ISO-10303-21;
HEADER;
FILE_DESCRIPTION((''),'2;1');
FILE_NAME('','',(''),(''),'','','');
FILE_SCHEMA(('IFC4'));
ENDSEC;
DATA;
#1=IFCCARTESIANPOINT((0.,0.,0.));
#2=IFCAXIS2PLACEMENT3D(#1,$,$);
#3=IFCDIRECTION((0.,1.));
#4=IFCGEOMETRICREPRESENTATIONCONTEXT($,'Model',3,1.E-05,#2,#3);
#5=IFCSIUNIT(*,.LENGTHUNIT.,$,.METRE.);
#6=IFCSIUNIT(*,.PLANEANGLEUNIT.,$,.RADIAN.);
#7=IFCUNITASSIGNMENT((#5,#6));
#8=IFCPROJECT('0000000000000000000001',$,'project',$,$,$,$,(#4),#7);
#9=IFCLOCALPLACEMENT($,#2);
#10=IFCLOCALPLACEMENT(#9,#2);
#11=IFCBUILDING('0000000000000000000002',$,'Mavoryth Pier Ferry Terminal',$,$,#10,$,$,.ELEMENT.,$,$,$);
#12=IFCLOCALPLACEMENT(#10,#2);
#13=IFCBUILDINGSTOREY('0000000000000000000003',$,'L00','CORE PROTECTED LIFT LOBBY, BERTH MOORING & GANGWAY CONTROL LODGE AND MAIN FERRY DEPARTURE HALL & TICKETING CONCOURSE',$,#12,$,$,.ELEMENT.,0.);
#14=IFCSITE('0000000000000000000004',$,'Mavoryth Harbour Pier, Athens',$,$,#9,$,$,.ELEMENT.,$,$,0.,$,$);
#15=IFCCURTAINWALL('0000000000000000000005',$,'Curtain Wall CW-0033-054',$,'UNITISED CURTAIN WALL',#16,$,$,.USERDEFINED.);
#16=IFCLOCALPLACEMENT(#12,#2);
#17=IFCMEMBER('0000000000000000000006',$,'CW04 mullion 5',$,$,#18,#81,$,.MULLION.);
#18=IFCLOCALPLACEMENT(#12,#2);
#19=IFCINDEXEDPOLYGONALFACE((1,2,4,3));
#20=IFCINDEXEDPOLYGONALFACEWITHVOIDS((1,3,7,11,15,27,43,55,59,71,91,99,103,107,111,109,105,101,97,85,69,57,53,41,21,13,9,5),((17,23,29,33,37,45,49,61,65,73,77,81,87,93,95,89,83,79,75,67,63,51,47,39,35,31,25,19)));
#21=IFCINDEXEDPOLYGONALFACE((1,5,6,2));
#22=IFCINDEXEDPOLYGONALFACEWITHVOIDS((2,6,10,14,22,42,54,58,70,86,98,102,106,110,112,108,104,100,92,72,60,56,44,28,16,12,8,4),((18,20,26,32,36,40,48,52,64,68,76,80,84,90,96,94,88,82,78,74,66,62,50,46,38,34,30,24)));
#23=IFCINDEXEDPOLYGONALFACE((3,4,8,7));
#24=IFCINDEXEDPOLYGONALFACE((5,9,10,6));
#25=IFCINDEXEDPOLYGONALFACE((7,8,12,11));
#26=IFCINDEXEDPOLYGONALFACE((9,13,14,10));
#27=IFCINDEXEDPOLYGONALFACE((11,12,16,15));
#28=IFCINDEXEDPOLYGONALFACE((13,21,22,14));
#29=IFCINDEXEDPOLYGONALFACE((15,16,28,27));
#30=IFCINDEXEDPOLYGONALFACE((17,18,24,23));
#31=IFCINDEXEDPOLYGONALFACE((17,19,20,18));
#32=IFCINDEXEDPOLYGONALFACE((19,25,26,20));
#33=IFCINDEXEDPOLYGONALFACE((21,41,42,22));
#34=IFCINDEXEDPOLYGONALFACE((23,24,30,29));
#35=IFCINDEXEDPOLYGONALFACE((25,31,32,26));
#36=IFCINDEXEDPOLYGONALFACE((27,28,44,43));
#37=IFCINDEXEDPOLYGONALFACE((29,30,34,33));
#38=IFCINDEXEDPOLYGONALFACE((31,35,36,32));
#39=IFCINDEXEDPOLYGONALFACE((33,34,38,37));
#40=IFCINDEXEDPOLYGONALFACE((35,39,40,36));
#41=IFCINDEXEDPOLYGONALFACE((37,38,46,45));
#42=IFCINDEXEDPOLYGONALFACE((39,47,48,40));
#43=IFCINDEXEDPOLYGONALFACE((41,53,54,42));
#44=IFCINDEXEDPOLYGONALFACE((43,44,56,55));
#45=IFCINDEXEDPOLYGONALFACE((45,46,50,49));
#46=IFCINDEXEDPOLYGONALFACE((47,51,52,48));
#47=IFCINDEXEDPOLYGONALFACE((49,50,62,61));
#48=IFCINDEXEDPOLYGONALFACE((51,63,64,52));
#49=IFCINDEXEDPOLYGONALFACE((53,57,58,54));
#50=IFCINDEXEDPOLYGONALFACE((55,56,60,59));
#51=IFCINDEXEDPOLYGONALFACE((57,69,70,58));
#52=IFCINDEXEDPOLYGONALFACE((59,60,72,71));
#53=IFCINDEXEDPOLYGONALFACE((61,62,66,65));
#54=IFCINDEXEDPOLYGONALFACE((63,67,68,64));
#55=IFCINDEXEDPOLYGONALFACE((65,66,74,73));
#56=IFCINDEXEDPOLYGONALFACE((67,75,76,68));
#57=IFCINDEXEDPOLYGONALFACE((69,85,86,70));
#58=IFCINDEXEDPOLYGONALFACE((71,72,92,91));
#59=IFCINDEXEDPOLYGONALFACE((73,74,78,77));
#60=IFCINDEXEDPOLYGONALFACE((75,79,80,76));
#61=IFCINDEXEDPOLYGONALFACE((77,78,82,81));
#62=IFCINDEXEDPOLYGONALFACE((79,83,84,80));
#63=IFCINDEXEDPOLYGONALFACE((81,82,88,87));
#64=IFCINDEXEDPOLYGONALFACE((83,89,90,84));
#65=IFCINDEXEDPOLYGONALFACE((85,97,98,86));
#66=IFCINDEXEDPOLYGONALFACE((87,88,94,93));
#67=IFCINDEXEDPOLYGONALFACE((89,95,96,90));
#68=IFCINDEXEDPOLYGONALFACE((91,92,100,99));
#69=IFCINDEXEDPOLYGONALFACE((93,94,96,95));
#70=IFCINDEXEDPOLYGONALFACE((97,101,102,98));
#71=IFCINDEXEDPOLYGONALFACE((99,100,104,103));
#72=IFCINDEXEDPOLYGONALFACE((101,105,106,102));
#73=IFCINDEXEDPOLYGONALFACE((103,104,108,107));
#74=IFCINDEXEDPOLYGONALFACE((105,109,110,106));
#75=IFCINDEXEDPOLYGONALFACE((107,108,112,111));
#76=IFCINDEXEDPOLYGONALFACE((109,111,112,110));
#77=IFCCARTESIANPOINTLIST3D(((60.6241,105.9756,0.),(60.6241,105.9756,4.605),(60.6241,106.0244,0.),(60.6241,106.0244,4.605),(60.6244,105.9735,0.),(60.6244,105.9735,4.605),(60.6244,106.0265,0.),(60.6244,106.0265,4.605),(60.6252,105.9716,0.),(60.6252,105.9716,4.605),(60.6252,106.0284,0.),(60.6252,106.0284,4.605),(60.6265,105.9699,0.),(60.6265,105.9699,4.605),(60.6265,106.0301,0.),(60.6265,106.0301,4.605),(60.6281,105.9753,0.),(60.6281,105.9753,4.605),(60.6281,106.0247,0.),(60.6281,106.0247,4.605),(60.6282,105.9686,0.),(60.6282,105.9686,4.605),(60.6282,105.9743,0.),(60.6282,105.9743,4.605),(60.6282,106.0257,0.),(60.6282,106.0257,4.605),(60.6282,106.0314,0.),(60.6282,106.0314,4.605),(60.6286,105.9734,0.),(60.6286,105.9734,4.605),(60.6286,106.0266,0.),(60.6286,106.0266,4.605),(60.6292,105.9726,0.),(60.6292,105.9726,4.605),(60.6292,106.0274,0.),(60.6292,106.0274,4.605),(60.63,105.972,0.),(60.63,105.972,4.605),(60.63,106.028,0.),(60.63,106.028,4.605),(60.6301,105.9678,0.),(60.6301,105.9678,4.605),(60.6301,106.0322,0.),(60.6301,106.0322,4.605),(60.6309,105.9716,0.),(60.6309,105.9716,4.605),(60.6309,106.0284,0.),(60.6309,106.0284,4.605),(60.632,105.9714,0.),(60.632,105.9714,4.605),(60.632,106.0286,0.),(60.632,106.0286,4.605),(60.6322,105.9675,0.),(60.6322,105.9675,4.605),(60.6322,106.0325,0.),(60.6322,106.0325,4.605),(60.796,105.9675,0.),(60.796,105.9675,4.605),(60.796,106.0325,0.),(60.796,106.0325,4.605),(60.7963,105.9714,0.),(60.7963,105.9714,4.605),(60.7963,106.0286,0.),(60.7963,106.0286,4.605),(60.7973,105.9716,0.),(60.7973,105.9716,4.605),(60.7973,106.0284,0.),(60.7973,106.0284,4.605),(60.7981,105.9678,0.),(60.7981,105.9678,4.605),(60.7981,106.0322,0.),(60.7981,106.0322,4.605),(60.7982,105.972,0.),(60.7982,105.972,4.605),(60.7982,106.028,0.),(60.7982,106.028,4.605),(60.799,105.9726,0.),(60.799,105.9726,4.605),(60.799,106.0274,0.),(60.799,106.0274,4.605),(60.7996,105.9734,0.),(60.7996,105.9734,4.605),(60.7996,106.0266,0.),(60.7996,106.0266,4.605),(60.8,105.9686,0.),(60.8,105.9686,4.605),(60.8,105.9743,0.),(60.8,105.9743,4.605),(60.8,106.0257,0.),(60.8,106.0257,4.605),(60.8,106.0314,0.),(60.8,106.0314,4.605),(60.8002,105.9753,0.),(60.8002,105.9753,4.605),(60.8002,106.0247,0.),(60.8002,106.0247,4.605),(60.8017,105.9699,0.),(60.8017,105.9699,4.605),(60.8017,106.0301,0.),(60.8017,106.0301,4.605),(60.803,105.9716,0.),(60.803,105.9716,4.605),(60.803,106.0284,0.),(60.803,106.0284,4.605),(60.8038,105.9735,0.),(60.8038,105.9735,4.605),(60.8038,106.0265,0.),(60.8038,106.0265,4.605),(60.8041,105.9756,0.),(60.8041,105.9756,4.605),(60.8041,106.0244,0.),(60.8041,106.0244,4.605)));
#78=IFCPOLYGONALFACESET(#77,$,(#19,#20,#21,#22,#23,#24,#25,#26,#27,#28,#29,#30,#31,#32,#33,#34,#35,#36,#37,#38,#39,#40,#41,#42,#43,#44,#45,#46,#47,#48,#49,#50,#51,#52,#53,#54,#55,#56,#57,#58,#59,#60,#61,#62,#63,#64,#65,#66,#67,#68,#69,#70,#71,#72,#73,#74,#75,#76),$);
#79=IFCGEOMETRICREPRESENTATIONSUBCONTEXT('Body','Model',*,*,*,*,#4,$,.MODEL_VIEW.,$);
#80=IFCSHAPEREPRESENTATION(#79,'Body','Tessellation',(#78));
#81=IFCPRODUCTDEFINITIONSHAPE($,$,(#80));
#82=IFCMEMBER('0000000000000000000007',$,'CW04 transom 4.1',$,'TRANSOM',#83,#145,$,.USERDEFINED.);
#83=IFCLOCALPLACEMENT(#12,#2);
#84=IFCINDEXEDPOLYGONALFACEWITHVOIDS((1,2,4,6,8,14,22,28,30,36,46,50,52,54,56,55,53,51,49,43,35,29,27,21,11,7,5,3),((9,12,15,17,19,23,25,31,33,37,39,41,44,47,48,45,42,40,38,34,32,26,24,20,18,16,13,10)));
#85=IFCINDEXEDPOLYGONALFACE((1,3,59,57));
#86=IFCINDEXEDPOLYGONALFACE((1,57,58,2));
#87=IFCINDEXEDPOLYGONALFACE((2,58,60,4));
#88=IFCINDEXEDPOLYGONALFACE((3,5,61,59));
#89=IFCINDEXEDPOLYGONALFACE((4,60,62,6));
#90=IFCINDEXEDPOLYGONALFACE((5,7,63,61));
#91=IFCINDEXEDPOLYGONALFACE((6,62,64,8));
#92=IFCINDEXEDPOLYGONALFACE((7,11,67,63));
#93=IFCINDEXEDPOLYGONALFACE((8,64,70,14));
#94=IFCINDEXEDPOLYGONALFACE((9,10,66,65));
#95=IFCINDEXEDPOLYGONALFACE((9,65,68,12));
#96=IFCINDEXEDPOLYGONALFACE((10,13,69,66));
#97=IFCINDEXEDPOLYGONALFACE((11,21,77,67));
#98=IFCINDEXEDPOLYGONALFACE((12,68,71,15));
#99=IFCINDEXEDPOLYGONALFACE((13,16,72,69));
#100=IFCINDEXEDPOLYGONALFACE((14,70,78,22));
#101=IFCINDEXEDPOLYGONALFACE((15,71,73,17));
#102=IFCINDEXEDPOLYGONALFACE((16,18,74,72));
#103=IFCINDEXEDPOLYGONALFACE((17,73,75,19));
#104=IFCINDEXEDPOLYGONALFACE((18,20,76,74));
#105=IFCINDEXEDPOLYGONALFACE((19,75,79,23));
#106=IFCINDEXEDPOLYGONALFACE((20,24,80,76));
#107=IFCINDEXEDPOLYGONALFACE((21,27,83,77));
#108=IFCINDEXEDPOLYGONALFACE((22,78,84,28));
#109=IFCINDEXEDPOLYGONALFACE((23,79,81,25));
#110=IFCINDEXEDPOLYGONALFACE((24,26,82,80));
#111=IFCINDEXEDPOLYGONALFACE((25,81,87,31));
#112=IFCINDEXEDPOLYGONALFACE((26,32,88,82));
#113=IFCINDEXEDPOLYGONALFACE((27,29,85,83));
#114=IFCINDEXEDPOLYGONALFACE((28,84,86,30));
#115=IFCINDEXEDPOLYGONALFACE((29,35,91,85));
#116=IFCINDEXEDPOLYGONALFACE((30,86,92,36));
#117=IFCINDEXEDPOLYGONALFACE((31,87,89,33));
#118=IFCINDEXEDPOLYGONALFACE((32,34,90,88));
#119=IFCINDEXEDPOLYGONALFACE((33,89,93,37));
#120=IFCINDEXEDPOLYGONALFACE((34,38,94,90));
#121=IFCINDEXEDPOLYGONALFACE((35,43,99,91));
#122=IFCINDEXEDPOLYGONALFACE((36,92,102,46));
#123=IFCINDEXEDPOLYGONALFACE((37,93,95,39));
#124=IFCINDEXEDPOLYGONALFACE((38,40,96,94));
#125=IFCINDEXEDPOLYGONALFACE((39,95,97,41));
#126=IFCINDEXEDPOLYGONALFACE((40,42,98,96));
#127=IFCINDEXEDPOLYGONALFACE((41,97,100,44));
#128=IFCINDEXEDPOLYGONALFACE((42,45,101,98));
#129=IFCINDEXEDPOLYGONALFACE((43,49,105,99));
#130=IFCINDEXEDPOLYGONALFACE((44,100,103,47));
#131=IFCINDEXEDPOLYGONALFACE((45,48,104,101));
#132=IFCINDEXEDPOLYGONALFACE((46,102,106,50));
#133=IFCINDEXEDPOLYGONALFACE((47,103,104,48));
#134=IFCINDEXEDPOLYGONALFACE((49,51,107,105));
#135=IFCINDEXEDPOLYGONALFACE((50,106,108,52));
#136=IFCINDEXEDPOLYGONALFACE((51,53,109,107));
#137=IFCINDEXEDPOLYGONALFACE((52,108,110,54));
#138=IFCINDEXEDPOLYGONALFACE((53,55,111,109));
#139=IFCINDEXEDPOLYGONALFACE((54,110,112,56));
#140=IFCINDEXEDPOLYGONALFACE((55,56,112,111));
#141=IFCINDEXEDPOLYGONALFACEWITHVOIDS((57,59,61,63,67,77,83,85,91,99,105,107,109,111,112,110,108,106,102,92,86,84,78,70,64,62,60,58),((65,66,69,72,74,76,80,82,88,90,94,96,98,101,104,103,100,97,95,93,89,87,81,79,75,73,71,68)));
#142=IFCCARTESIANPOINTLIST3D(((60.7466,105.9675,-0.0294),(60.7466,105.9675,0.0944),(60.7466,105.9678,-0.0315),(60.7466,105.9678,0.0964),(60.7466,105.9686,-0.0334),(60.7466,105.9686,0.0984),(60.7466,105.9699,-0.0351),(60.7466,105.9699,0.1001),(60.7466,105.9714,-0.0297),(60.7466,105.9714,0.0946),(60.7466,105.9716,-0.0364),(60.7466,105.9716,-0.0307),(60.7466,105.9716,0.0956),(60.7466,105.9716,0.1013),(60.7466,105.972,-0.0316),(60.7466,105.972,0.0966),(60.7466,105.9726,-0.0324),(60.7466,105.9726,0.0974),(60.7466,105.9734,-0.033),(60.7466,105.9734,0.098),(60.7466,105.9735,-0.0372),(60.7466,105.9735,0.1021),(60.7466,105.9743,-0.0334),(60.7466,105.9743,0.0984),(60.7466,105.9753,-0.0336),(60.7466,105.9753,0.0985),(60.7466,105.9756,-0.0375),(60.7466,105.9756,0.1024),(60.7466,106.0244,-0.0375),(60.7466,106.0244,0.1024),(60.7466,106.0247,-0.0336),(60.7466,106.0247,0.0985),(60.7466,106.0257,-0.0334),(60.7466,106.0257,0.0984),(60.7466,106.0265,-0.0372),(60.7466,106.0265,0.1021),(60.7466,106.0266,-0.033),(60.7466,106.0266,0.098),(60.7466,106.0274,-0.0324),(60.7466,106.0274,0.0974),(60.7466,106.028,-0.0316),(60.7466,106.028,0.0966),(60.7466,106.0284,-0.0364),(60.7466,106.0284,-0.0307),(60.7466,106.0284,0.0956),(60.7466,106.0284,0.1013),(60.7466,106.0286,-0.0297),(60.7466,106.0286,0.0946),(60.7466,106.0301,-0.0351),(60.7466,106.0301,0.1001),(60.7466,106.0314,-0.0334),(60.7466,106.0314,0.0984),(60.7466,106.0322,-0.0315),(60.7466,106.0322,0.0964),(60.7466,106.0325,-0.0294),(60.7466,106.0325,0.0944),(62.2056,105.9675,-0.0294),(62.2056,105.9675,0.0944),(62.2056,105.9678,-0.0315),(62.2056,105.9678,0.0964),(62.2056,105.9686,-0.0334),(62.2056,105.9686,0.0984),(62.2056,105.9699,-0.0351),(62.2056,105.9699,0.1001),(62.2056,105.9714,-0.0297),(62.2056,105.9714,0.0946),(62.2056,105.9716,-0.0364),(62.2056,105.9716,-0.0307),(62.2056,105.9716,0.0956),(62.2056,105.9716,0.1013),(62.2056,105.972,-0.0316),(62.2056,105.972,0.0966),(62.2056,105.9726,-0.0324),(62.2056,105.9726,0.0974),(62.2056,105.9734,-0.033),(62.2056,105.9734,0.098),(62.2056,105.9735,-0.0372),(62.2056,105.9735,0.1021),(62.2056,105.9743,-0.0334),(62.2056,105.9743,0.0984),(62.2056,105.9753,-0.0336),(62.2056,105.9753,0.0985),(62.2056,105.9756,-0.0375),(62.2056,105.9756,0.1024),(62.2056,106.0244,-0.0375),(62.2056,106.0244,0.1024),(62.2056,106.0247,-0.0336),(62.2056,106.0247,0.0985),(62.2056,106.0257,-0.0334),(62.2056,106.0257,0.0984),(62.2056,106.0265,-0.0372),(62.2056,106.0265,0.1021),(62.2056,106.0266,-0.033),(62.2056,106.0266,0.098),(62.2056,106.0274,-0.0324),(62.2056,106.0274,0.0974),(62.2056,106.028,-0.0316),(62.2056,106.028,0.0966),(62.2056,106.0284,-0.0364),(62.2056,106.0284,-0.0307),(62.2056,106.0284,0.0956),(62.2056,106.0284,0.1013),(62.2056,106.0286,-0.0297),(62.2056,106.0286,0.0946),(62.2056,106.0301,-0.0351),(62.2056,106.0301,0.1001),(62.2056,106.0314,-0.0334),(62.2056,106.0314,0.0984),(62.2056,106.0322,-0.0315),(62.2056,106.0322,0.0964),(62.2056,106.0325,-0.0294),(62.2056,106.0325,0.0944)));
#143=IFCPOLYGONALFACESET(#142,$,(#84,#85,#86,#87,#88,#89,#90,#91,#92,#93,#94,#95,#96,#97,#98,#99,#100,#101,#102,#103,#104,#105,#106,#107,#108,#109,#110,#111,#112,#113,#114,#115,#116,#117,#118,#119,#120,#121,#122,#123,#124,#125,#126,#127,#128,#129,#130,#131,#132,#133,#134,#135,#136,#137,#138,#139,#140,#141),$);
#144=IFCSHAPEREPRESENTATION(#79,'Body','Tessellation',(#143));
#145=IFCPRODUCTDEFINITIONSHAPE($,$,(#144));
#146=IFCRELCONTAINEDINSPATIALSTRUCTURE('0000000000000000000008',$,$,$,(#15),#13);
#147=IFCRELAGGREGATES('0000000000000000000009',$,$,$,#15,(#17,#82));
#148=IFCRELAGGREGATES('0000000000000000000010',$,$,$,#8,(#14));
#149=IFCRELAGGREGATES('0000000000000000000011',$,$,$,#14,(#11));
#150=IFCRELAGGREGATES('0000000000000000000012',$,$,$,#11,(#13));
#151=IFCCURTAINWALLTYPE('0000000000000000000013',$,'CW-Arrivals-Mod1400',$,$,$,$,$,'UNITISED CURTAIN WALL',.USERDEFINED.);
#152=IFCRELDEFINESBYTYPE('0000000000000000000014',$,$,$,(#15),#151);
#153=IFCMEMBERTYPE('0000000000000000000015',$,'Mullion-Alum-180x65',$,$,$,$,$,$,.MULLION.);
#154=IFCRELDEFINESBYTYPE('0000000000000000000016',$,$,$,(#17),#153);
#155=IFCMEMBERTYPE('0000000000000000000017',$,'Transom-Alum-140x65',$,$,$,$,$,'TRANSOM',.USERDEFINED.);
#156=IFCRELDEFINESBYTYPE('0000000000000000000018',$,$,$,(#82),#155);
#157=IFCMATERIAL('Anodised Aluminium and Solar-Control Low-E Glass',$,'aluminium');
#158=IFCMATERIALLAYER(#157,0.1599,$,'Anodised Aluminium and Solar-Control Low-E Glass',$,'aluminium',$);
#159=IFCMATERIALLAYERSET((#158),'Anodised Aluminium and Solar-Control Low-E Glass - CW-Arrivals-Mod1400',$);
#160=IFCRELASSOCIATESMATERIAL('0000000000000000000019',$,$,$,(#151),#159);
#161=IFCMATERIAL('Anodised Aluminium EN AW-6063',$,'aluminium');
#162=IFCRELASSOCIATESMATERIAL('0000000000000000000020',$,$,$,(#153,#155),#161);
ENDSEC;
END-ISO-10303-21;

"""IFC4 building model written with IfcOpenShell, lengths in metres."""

from ifc_helpers import new_model, si_unit, direction, frame, origin, origin_2d, place, context, subcontext, project, spatial, hollow_rectangle, extrude, material, layer, layer_set, material_profile, profile_set, type_object, element, aggregate, save


model = new_model("IFC4")

# Units and contexts
model_context = context("Model", 3, precision=1e-05, world=origin(), true_north=direction((0.0, 1.0)))
body_context = subcontext(model_context, "Body", "Model", "MODEL_VIEW")
ifc_project = project(units=[si_unit("LENGTHUNIT", "METRE"), si_unit("PLANEANGLEUNIT", "RADIAN")], contexts=[model_context])

# Site, building, storey
site_placement = place(None, origin())
site = spatial("IfcSite", under=ifc_project, at=site_placement, Name="Mavoryth Harbour Pier, Athens", CompositionType="ELEMENT", RefElevation=0.0)
building_placement = place(site_placement, origin())
building = spatial("IfcBuilding", under=site, at=building_placement, Name="Mavoryth Pier Ferry Terminal", CompositionType="ELEMENT")
storey_placement = place(building_placement, origin())
storey = spatial("IfcBuildingStorey", under=building, at=storey_placement, Name="L00", Description="CORE PROTECTED LIFT LOBBY, BERTH MOORING & GANGWAY CONTROL LODGE AND MAIN FERRY DEPARTURE HALL & TICKETING CONCOURSE", CompositionType="ELEMENT", Elevation=0.0)

# Curtain wall, members
ifc_material_1 = material(Name="Anodised Aluminium and Solar-Control Low-E Glass", Category="aluminium")
ifc_layer_1 = layer(ifc_material_1, 0.1599, Name="Anodised Aluminium and Solar-Control Low-E Glass", Category="aluminium")
ifc_layer_set_1 = layer_set([ifc_layer_1], Name="Anodised Aluminium and Solar-Control Low-E Glass - CW-Arrivals-Mod1400")
curtain_wall_type = type_object("IfcCurtainWallType", Name="CW-Arrivals-Mod1400", ElementType="UNITISED CURTAIN WALL", PredefinedType="USERDEFINED", material=ifc_layer_set_1)
curtain_wall_placement = place(storey_placement, origin())
curtain_wall = element("IfcCurtainWall", 1, at=curtain_wall_placement, inside=storey, type_object=curtain_wall_type, Name="Curtain Wall CW-0033-054", ObjectType="UNITISED CURTAIN WALL", PredefinedType="USERDEFINED")
ifc_material_2 = material(Name="Anodised Aluminium EN AW-6063", Category="aluminium")
ifc_material_profile_1 = material_profile(ifc_material_2, hollow_rectangle(XDim=0.0649, YDim=0.1799, WallThickness=0.0039, InnerFilletRadius=0.0039, OuterFilletRadius=0.0081, at=origin_2d()), Name="AL-MULL 180x65x4", Category="aluminium")
ifc_profile_set_1 = profile_set([ifc_material_profile_1], Name="Anodised Aluminium EN AW-6063 - AL-MULL 180x65x4")
member_type_1 = type_object("IfcMemberType", Name="Mullion-Alum-180x65", PredefinedType="MULLION", material=ifc_profile_set_1)
member_1_placement = place(storey_placement, frame((60.7141, 106.0, 0.0), z_axis=(0.0, 0.0, 1.0), x_axis=(0.0, -1.0, 0.0)))
member_1 = element("IfcMember", 2, at=member_1_placement, type_object=member_type_1, Name="CW04 mullion 5", PredefinedType="MULLION", context=body_context, shape_type="SweptSolid", body=[
    extrude(hollow_rectangle(XDim=0.0649, YDim=0.1799, WallThickness=0.0039, InnerFilletRadius=0.0039, OuterFilletRadius=0.0081, at=origin_2d()), origin(), (0.0, 0.0, 1.0), 4.605),
])
ifc_material_profile_2 = material_profile(ifc_material_2, hollow_rectangle(XDim=0.0649, YDim=0.1399, WallThickness=0.0039, InnerFilletRadius=0.0039, OuterFilletRadius=0.0081, at=origin_2d()), Name="AL-TRAN 140x65x4", Category="aluminium")
ifc_profile_set_2 = profile_set([ifc_material_profile_2], Name="Anodised Aluminium EN AW-6063 - AL-TRAN 140x65x4")
member_type_2 = type_object("IfcMemberType", Name="Transom-Alum-140x65", ElementType="TRANSOM", PredefinedType="USERDEFINED", material=ifc_profile_set_2)
member_2_placement = place(storey_placement, frame((62.2056, 106.0, 0.0325), z_axis=(-1.0, 0.0, 0.0), x_axis=(0.0, -1.0, 0.0)))
member_2 = element("IfcMember", 3, at=member_2_placement, type_object=member_type_2, Name="CW04 transom 4.1", ObjectType="TRANSOM", PredefinedType="USERDEFINED", context=body_context, shape_type="SweptSolid", body=[
    extrude(hollow_rectangle(XDim=0.0649, YDim=0.1399, WallThickness=0.0039, InnerFilletRadius=0.0039, OuterFilletRadius=0.0081, at=origin_2d()), origin(), (0.0, 0.0, 1.0), 1.459),
])
aggregate(curtain_wall, [member_1, member_2])

save(model, "model.ifc")
